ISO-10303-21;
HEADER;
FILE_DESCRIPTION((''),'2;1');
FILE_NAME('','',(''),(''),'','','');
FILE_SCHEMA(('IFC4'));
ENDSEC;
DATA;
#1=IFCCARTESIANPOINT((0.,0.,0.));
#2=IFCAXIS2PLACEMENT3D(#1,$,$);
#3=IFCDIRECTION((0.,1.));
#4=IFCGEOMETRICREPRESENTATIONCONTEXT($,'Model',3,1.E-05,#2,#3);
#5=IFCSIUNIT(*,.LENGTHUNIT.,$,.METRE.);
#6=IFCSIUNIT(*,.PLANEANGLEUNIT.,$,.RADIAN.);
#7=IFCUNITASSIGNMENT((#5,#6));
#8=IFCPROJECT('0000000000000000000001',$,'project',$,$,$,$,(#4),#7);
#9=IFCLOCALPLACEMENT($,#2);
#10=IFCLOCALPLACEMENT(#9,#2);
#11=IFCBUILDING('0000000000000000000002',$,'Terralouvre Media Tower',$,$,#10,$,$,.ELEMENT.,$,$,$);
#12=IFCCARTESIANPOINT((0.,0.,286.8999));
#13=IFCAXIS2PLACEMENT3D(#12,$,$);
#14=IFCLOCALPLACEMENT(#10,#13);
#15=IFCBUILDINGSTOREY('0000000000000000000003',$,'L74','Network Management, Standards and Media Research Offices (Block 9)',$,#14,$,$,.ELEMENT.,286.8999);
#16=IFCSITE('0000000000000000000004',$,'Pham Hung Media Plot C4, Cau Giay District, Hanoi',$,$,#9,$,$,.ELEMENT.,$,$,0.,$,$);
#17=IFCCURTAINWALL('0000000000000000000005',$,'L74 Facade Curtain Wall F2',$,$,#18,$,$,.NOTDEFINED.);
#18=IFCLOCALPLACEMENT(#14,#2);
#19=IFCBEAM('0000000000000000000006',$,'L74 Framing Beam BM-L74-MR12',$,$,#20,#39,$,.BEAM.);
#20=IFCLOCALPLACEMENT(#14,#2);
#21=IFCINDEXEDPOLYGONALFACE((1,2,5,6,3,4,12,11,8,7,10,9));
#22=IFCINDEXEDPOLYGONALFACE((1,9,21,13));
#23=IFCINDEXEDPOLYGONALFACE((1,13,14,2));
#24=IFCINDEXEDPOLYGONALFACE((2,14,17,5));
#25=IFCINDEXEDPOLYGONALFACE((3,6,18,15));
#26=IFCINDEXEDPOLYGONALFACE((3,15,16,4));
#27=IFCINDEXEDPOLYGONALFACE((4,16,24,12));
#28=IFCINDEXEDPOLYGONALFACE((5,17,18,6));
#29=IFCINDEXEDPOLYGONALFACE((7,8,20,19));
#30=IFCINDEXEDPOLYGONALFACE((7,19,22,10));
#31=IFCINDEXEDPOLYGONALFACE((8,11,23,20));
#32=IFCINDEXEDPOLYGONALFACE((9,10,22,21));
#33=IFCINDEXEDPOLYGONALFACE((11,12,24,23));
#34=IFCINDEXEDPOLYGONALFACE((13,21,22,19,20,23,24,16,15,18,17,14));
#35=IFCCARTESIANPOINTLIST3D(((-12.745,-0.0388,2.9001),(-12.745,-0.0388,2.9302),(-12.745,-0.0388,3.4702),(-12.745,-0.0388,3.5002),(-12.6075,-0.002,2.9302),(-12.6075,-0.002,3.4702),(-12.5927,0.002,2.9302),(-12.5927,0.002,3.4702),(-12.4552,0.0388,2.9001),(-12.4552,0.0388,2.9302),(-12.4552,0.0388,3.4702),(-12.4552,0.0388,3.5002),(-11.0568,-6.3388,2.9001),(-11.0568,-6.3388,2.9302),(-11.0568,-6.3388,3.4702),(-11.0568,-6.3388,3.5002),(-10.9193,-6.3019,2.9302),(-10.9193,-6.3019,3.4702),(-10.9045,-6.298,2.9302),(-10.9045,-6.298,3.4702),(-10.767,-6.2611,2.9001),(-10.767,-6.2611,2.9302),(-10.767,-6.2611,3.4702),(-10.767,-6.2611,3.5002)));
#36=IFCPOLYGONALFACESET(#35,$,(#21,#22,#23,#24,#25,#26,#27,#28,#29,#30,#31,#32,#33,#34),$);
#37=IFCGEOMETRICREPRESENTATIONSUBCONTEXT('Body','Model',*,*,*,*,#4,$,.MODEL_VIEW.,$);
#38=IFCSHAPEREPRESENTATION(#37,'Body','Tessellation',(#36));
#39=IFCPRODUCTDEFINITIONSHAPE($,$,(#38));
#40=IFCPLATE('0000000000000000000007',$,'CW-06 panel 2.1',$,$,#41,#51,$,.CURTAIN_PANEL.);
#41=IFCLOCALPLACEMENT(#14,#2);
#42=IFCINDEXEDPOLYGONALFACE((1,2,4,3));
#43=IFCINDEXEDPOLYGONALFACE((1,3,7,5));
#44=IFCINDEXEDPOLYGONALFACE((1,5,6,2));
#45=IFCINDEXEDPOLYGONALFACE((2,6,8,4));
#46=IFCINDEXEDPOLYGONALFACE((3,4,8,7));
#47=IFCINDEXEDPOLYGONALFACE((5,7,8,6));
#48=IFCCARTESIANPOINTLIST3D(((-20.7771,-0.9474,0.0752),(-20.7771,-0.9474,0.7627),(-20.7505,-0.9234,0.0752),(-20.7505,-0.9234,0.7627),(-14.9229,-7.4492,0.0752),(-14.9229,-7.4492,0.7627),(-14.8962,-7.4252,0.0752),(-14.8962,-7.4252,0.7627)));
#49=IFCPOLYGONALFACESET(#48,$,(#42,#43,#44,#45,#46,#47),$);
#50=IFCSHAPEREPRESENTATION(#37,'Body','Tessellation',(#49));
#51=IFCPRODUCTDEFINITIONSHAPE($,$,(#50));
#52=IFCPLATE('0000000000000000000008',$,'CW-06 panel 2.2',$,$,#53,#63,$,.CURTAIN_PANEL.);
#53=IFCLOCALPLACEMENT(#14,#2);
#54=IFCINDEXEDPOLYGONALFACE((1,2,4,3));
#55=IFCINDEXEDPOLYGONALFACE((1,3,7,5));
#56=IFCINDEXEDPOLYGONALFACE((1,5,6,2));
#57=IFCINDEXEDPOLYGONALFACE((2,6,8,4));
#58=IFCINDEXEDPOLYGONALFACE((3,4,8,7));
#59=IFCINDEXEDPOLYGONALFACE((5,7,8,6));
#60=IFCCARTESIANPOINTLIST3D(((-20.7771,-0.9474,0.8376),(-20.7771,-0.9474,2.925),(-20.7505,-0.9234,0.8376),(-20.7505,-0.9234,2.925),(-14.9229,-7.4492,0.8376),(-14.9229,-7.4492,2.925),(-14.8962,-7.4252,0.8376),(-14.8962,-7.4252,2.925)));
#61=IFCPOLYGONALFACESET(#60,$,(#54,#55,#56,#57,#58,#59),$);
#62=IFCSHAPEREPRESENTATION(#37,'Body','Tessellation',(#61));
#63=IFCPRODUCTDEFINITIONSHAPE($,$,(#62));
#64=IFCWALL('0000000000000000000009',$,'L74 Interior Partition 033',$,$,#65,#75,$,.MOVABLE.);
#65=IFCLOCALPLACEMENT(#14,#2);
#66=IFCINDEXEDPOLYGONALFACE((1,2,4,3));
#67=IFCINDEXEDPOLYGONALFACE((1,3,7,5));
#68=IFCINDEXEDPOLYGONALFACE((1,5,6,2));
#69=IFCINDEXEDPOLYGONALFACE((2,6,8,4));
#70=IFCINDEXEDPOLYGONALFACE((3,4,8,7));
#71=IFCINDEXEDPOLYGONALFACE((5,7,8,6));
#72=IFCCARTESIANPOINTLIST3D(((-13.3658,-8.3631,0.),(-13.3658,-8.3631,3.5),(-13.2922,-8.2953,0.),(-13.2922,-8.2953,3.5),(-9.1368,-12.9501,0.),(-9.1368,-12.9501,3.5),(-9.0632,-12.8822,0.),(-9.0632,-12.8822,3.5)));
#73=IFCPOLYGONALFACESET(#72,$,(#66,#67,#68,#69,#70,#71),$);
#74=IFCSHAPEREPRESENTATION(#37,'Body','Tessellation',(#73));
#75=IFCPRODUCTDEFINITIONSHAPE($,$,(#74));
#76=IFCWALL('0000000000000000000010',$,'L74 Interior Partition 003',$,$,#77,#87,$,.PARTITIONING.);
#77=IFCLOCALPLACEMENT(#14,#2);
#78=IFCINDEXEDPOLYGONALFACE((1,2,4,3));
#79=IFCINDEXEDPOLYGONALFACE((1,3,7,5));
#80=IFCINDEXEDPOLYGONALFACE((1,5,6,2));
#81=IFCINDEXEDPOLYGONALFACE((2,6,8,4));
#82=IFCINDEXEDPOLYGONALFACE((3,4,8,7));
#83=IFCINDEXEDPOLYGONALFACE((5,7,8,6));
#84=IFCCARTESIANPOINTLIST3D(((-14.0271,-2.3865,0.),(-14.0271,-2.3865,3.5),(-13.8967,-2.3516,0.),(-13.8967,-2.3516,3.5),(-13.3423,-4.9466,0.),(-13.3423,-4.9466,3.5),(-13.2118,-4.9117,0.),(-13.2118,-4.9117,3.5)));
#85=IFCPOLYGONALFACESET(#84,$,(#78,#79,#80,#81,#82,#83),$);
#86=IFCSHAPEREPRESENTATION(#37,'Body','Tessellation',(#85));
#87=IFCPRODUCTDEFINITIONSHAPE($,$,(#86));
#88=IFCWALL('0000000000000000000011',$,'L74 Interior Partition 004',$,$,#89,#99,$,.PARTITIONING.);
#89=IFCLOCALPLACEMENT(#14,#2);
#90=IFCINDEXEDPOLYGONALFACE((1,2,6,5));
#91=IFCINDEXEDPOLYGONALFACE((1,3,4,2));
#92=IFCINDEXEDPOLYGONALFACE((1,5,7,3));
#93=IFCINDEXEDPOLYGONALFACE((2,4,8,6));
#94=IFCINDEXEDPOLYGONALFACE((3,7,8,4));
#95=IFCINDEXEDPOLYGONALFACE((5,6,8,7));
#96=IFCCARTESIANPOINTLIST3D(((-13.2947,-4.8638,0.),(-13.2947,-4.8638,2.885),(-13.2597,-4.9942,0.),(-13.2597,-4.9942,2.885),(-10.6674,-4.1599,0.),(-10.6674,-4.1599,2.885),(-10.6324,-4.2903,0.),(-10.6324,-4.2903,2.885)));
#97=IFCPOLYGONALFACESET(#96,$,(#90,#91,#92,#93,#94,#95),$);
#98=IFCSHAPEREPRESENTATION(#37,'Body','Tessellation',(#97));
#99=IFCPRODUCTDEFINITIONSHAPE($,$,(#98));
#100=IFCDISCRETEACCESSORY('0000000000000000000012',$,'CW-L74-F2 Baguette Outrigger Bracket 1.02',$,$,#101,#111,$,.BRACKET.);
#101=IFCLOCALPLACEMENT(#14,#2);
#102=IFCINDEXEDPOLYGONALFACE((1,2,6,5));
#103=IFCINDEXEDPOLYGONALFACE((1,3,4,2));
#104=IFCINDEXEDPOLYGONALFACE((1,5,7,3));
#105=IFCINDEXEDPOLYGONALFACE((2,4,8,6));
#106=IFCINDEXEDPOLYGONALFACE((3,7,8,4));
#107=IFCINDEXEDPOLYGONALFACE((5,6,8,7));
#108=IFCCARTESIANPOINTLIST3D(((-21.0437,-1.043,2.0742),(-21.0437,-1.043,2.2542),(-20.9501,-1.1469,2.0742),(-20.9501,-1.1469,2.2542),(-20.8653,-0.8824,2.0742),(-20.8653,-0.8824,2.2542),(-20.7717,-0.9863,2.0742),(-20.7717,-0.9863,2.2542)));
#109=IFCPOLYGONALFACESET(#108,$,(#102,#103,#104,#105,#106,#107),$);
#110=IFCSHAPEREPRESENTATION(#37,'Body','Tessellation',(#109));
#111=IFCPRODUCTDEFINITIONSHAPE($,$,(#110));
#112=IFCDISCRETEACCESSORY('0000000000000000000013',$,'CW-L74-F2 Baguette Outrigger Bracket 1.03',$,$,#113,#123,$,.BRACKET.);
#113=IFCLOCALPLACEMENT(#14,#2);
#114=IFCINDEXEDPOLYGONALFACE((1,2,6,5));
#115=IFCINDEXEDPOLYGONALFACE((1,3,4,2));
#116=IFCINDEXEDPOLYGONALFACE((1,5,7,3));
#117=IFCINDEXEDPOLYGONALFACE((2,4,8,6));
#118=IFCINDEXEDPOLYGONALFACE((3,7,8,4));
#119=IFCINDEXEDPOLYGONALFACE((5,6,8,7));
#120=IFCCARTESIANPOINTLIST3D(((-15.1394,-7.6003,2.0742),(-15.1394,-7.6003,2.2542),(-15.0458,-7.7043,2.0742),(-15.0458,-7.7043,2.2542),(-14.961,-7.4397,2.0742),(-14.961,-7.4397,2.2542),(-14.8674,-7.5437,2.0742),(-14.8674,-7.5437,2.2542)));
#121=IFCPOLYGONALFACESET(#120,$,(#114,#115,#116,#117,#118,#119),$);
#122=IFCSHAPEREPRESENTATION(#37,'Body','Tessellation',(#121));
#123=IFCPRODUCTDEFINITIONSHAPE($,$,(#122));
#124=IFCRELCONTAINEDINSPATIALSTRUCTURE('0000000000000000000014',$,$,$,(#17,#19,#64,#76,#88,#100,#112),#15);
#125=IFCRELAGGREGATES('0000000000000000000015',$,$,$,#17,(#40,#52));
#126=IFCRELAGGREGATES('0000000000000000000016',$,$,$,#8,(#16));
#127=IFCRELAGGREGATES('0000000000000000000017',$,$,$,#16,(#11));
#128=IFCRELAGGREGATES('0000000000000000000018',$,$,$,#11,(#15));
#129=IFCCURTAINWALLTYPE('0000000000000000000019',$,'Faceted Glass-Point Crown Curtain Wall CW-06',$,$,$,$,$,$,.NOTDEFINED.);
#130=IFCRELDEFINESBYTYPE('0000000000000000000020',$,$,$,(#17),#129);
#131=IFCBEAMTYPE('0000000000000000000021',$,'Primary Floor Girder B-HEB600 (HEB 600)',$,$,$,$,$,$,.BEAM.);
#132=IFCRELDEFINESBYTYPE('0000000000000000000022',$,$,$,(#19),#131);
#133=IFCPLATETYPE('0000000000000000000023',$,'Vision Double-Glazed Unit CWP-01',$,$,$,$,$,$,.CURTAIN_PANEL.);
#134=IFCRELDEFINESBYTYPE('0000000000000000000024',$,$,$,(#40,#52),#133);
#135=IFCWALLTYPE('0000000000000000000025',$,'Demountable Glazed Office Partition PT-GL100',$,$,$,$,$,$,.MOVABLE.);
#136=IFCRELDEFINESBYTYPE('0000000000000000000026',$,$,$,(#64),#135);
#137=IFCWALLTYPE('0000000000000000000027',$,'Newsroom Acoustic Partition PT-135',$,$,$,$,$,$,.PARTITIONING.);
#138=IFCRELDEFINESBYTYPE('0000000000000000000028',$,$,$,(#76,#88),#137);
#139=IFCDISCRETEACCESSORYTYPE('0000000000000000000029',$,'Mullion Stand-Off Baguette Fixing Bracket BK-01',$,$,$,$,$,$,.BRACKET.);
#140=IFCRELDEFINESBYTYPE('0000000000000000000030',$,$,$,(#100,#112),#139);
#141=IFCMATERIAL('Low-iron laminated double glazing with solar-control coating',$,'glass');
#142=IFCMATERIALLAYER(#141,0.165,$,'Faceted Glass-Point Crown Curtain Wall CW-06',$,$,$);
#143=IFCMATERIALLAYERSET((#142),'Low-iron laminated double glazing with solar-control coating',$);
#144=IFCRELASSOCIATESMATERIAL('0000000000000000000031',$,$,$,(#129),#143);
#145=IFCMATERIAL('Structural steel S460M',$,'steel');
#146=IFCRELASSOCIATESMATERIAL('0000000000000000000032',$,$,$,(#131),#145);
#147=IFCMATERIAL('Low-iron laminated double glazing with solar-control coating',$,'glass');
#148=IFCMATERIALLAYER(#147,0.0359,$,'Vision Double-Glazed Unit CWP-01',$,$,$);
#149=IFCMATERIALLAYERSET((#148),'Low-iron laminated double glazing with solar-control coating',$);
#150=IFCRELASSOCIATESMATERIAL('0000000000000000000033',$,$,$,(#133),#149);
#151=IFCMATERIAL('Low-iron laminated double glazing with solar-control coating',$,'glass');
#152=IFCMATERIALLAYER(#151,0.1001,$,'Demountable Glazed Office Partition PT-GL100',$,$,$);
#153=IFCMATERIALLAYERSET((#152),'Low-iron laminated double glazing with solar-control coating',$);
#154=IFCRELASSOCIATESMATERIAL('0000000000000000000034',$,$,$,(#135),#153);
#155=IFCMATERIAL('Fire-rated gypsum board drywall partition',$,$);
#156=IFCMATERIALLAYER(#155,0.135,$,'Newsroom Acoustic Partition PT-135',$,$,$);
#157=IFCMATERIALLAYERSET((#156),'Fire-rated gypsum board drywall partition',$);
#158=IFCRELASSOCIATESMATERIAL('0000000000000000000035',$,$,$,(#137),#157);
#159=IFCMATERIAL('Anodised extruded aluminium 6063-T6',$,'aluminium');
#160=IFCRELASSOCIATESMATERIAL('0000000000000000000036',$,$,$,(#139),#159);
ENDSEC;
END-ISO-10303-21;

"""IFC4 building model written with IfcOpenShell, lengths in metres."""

from ifc_helpers import new_model, si_unit, direction, frame, frame_2d, origin, origin_2d, place, context, subcontext, project, spatial, rectangle, i_section, extrude, material, layer, layer_set, material_profile, profile_set, type_object, element, aggregate, save


model = new_model("IFC4")

# Units and contexts
model_context = context("Model", 3, precision=1e-05, world=origin(), true_north=direction((0.0, 1.0)))
body_context = subcontext(model_context, "Body", "Model", "MODEL_VIEW")
ifc_project = project(units=[si_unit("LENGTHUNIT", "METRE"), si_unit("PLANEANGLEUNIT", "RADIAN")], contexts=[model_context])

# Site, building, storey
site_placement = place(None, origin())
site = spatial("IfcSite", under=ifc_project, at=site_placement, Name="Pham Hung Media Plot C4, Cau Giay District, Hanoi", CompositionType="ELEMENT", RefElevation=0.0)
building_placement = place(site_placement, origin())
building = spatial("IfcBuilding", under=site, at=building_placement, Name="Terralouvre Media Tower", CompositionType="ELEMENT")
storey_placement = place(building_placement, frame((0.0, 0.0, 286.8999)))
storey = spatial("IfcBuildingStorey", under=building, at=storey_placement, Name="L74", Description="Network Management, Standards and Media Research Offices (Block 9)", CompositionType="ELEMENT", Elevation=286.8999)

# Curtain wall
ifc_material_1 = material(Name="Low-iron laminated double glazing with solar-control coating", Category="glass")
ifc_layer_1 = layer(ifc_material_1, 0.165, Name="Faceted Glass-Point Crown Curtain Wall CW-06")
ifc_layer_set_1 = layer_set([ifc_layer_1], Name="Low-iron laminated double glazing with solar-control coating")
curtain_wall_type = type_object("IfcCurtainWallType", Name="Faceted Glass-Point Crown Curtain Wall CW-06", PredefinedType="NOTDEFINED", material=ifc_layer_set_1)
curtain_wall_placement = place(storey_placement, origin())
curtain_wall = element("IfcCurtainWall", 1, at=curtain_wall_placement, inside=storey, type_object=curtain_wall_type, Name="L74 Facade Curtain Wall F2", PredefinedType="NOTDEFINED")

# Beam
ifc_material_2 = material(Name="Structural steel S460M", Category="steel")
ifc_material_profile_1 = material_profile(ifc_material_2, i_section(OverallWidth=0.3, OverallDepth=0.6001, WebThickness=0.0154, FlangeThickness=0.03, at=origin_2d()), Name="HEB 600")
ifc_profile_set_1 = profile_set([ifc_material_profile_1], Name="Structural steel S460M")
beam_type_1 = type_object("IfcBeamType", Name="Primary Floor Girder B-HEB600 (HEB 600)", PredefinedType="BEAM", material=ifc_profile_set_1)
beam_placement = place(storey_placement, frame((-12.6001, 0.0, 3.2002), z_axis=(0.258839, -0.96592, 0.0), x_axis=(0.96592, 0.258839, 0.0)))
element("IfcBeam", 2, at=beam_placement, inside=storey, type_object=beam_type_1, Name="L74 Framing Beam BM-L74-MR12", PredefinedType="BEAM", context=body_context, shape_type="SweptSolid", body=[
    extrude(i_section(OverallWidth=0.3, OverallDepth=0.6001, WebThickness=0.0154, FlangeThickness=0.03, at=origin_2d()), origin(), (0.0, 0.0, 1.0), 6.5222),
])

# Plates
ifc_material_3 = material(Name="Low-iron laminated double glazing with solar-control coating", Category="glass")
ifc_layer_2 = layer(ifc_material_3, 0.0359, Name="Vision Double-Glazed Unit CWP-01")
ifc_layer_set_2 = layer_set([ifc_layer_2], Name="Low-iron laminated double glazing with solar-control coating")
plate_type = type_object("IfcPlateType", Name="Vision Double-Glazed Unit CWP-01", PredefinedType="CURTAIN_PANEL", material=ifc_layer_set_2)
plate_1_placement = place(storey_placement, frame((-17.8367, -4.1863, 0.0752), z_axis=(0.0, 0.0, 1.0), x_axis=(0.669131, -0.743145, 0.0)))
plate_1 = element("IfcPlate", 3, at=plate_1_placement, type_object=plate_type, Name="CW-06 panel 2.1", PredefinedType="CURTAIN_PANEL", context=body_context, shape_type="SweptSolid", body=[
    extrude(rectangle(XDim=8.749, YDim=0.0359, at=origin_2d()), origin(), (0.0, 0.0, 1.0), 0.6875),
])
plate_2_placement = place(storey_placement, frame((-17.8367, -4.1863, 0.8376), z_axis=(0.0, 0.0, 1.0), x_axis=(0.669131, -0.743145, 0.0)))
plate_2 = element("IfcPlate", 4, at=plate_2_placement, type_object=plate_type, Name="CW-06 panel 2.2", PredefinedType="CURTAIN_PANEL", context=body_context, shape_type="SweptSolid", body=[
    extrude(rectangle(XDim=8.749, YDim=0.0359, at=origin_2d()), origin(), (0.0, 0.0, 1.0), 2.0874),
])
aggregate(curtain_wall, [plate_1, plate_2])

# Walls
ifc_material_4 = material(Name="Low-iron laminated double glazing with solar-control coating", Category="glass")
ifc_layer_3 = layer(ifc_material_4, 0.1001, Name="Demountable Glazed Office Partition PT-GL100")
ifc_layer_set_3 = layer_set([ifc_layer_3], Name="Low-iron laminated double glazing with solar-control coating")
wall_type_1 = type_object("IfcWallType", Name="Demountable Glazed Office Partition PT-GL100", PredefinedType="MOVABLE", material=ifc_layer_set_3)
wall_1_placement = place(storey_placement, frame((-13.3291, -8.3291, 0.0), z_axis=(0.0, 0.0, 1.0), x_axis=(0.677841, -0.735208, 0.0)))
element("IfcWall", 5, at=wall_1_placement, inside=storey, type_object=wall_type_1, Name="L74 Interior Partition 033", PredefinedType="MOVABLE", context=body_context, shape_type="SweptSolid", body=[
    extrude(rectangle(XDim=6.239, YDim=0.1001, at=frame_2d((3.1196, 0.0))), origin(), (0.0, 0.0, 1.0), 3.5),
])
ifc_material_5 = material(Name="Fire-rated gypsum board drywall partition")
ifc_layer_4 = layer(ifc_material_5, 0.135, Name="Newsroom Acoustic Partition PT-135")
ifc_layer_set_4 = layer_set([ifc_layer_4], Name="Fire-rated gypsum board drywall partition")
wall_type_2 = type_object("IfcWallType", Name="Newsroom Acoustic Partition PT-135", PredefinedType="PARTITIONING", material=ifc_layer_set_4)
wall_2_placement = place(storey_placement, frame((-13.9619, -2.3689, 0.0), z_axis=(0.0, 0.0, 1.0), x_axis=(0.258414, -0.966034, 0.0)))
element("IfcWall", 6, at=wall_2_placement, inside=storey, type_object=wall_type_2, Name="L74 Interior Partition 003", PredefinedType="PARTITIONING", context=body_context, shape_type="SweptSolid", body=[
    extrude(rectangle(XDim=2.6501, YDim=0.135, at=frame_2d((1.3252, 0.0))), origin(), (0.0, 0.0, 1.0), 3.5),
])
wall_3_placement = place(storey_placement, frame((-13.2771, -4.929, 0.0), z_axis=(0.0, 0.0, 1.0), x_axis=(0.965935, 0.258785, 0.0)))
element("IfcWall", 7, at=wall_3_placement, inside=storey, type_object=wall_type_2, Name="L74 Interior Partition 004", PredefinedType="PARTITIONING", context=body_context, shape_type="SweptSolid", body=[
    extrude(rectangle(XDim=2.72, YDim=0.135, at=frame_2d((1.3599, 0.0))), origin(), (0.0, 0.0, 1.0), 2.885),
])

# Discrete accessories
ifc_material_6 = material(Name="Anodised extruded aluminium 6063-T6", Category="aluminium")
discrete_accessory_type = type_object("IfcDiscreteAccessoryType", Name="Mullion Stand-Off Baguette Fixing Bracket BK-01", PredefinedType="BRACKET", material=ifc_material_6)
for number, where, z_axis, x_axis, name in (
    (8, (-20.9077, -1.0146, 2.0742), (0.0, 0.0, 1.0), (0.669131, -0.743145, 0.0), "CW-L74-F2 Baguette Outrigger Bracket 1.02"),
    (9, (-15.0034, -7.572, 2.0742), (0.0, 0.0, 1.0), (0.669131, -0.743145, 0.0), "CW-L74-F2 Baguette Outrigger Bracket 1.03"),
):
    element("IfcDiscreteAccessory", number, at=place(storey_placement, frame(where, z_axis=z_axis, x_axis=x_axis)), inside=storey, type_object=discrete_accessory_type, Name=name, PredefinedType="BRACKET", context=body_context, shape_type="SweptSolid", body=[
        extrude(rectangle(XDim=0.1399, YDim=0.24, at=origin_2d()), origin(), (0.0, 0.0, 1.0), 0.1799),
    ])

save(model, "model.ifc")
